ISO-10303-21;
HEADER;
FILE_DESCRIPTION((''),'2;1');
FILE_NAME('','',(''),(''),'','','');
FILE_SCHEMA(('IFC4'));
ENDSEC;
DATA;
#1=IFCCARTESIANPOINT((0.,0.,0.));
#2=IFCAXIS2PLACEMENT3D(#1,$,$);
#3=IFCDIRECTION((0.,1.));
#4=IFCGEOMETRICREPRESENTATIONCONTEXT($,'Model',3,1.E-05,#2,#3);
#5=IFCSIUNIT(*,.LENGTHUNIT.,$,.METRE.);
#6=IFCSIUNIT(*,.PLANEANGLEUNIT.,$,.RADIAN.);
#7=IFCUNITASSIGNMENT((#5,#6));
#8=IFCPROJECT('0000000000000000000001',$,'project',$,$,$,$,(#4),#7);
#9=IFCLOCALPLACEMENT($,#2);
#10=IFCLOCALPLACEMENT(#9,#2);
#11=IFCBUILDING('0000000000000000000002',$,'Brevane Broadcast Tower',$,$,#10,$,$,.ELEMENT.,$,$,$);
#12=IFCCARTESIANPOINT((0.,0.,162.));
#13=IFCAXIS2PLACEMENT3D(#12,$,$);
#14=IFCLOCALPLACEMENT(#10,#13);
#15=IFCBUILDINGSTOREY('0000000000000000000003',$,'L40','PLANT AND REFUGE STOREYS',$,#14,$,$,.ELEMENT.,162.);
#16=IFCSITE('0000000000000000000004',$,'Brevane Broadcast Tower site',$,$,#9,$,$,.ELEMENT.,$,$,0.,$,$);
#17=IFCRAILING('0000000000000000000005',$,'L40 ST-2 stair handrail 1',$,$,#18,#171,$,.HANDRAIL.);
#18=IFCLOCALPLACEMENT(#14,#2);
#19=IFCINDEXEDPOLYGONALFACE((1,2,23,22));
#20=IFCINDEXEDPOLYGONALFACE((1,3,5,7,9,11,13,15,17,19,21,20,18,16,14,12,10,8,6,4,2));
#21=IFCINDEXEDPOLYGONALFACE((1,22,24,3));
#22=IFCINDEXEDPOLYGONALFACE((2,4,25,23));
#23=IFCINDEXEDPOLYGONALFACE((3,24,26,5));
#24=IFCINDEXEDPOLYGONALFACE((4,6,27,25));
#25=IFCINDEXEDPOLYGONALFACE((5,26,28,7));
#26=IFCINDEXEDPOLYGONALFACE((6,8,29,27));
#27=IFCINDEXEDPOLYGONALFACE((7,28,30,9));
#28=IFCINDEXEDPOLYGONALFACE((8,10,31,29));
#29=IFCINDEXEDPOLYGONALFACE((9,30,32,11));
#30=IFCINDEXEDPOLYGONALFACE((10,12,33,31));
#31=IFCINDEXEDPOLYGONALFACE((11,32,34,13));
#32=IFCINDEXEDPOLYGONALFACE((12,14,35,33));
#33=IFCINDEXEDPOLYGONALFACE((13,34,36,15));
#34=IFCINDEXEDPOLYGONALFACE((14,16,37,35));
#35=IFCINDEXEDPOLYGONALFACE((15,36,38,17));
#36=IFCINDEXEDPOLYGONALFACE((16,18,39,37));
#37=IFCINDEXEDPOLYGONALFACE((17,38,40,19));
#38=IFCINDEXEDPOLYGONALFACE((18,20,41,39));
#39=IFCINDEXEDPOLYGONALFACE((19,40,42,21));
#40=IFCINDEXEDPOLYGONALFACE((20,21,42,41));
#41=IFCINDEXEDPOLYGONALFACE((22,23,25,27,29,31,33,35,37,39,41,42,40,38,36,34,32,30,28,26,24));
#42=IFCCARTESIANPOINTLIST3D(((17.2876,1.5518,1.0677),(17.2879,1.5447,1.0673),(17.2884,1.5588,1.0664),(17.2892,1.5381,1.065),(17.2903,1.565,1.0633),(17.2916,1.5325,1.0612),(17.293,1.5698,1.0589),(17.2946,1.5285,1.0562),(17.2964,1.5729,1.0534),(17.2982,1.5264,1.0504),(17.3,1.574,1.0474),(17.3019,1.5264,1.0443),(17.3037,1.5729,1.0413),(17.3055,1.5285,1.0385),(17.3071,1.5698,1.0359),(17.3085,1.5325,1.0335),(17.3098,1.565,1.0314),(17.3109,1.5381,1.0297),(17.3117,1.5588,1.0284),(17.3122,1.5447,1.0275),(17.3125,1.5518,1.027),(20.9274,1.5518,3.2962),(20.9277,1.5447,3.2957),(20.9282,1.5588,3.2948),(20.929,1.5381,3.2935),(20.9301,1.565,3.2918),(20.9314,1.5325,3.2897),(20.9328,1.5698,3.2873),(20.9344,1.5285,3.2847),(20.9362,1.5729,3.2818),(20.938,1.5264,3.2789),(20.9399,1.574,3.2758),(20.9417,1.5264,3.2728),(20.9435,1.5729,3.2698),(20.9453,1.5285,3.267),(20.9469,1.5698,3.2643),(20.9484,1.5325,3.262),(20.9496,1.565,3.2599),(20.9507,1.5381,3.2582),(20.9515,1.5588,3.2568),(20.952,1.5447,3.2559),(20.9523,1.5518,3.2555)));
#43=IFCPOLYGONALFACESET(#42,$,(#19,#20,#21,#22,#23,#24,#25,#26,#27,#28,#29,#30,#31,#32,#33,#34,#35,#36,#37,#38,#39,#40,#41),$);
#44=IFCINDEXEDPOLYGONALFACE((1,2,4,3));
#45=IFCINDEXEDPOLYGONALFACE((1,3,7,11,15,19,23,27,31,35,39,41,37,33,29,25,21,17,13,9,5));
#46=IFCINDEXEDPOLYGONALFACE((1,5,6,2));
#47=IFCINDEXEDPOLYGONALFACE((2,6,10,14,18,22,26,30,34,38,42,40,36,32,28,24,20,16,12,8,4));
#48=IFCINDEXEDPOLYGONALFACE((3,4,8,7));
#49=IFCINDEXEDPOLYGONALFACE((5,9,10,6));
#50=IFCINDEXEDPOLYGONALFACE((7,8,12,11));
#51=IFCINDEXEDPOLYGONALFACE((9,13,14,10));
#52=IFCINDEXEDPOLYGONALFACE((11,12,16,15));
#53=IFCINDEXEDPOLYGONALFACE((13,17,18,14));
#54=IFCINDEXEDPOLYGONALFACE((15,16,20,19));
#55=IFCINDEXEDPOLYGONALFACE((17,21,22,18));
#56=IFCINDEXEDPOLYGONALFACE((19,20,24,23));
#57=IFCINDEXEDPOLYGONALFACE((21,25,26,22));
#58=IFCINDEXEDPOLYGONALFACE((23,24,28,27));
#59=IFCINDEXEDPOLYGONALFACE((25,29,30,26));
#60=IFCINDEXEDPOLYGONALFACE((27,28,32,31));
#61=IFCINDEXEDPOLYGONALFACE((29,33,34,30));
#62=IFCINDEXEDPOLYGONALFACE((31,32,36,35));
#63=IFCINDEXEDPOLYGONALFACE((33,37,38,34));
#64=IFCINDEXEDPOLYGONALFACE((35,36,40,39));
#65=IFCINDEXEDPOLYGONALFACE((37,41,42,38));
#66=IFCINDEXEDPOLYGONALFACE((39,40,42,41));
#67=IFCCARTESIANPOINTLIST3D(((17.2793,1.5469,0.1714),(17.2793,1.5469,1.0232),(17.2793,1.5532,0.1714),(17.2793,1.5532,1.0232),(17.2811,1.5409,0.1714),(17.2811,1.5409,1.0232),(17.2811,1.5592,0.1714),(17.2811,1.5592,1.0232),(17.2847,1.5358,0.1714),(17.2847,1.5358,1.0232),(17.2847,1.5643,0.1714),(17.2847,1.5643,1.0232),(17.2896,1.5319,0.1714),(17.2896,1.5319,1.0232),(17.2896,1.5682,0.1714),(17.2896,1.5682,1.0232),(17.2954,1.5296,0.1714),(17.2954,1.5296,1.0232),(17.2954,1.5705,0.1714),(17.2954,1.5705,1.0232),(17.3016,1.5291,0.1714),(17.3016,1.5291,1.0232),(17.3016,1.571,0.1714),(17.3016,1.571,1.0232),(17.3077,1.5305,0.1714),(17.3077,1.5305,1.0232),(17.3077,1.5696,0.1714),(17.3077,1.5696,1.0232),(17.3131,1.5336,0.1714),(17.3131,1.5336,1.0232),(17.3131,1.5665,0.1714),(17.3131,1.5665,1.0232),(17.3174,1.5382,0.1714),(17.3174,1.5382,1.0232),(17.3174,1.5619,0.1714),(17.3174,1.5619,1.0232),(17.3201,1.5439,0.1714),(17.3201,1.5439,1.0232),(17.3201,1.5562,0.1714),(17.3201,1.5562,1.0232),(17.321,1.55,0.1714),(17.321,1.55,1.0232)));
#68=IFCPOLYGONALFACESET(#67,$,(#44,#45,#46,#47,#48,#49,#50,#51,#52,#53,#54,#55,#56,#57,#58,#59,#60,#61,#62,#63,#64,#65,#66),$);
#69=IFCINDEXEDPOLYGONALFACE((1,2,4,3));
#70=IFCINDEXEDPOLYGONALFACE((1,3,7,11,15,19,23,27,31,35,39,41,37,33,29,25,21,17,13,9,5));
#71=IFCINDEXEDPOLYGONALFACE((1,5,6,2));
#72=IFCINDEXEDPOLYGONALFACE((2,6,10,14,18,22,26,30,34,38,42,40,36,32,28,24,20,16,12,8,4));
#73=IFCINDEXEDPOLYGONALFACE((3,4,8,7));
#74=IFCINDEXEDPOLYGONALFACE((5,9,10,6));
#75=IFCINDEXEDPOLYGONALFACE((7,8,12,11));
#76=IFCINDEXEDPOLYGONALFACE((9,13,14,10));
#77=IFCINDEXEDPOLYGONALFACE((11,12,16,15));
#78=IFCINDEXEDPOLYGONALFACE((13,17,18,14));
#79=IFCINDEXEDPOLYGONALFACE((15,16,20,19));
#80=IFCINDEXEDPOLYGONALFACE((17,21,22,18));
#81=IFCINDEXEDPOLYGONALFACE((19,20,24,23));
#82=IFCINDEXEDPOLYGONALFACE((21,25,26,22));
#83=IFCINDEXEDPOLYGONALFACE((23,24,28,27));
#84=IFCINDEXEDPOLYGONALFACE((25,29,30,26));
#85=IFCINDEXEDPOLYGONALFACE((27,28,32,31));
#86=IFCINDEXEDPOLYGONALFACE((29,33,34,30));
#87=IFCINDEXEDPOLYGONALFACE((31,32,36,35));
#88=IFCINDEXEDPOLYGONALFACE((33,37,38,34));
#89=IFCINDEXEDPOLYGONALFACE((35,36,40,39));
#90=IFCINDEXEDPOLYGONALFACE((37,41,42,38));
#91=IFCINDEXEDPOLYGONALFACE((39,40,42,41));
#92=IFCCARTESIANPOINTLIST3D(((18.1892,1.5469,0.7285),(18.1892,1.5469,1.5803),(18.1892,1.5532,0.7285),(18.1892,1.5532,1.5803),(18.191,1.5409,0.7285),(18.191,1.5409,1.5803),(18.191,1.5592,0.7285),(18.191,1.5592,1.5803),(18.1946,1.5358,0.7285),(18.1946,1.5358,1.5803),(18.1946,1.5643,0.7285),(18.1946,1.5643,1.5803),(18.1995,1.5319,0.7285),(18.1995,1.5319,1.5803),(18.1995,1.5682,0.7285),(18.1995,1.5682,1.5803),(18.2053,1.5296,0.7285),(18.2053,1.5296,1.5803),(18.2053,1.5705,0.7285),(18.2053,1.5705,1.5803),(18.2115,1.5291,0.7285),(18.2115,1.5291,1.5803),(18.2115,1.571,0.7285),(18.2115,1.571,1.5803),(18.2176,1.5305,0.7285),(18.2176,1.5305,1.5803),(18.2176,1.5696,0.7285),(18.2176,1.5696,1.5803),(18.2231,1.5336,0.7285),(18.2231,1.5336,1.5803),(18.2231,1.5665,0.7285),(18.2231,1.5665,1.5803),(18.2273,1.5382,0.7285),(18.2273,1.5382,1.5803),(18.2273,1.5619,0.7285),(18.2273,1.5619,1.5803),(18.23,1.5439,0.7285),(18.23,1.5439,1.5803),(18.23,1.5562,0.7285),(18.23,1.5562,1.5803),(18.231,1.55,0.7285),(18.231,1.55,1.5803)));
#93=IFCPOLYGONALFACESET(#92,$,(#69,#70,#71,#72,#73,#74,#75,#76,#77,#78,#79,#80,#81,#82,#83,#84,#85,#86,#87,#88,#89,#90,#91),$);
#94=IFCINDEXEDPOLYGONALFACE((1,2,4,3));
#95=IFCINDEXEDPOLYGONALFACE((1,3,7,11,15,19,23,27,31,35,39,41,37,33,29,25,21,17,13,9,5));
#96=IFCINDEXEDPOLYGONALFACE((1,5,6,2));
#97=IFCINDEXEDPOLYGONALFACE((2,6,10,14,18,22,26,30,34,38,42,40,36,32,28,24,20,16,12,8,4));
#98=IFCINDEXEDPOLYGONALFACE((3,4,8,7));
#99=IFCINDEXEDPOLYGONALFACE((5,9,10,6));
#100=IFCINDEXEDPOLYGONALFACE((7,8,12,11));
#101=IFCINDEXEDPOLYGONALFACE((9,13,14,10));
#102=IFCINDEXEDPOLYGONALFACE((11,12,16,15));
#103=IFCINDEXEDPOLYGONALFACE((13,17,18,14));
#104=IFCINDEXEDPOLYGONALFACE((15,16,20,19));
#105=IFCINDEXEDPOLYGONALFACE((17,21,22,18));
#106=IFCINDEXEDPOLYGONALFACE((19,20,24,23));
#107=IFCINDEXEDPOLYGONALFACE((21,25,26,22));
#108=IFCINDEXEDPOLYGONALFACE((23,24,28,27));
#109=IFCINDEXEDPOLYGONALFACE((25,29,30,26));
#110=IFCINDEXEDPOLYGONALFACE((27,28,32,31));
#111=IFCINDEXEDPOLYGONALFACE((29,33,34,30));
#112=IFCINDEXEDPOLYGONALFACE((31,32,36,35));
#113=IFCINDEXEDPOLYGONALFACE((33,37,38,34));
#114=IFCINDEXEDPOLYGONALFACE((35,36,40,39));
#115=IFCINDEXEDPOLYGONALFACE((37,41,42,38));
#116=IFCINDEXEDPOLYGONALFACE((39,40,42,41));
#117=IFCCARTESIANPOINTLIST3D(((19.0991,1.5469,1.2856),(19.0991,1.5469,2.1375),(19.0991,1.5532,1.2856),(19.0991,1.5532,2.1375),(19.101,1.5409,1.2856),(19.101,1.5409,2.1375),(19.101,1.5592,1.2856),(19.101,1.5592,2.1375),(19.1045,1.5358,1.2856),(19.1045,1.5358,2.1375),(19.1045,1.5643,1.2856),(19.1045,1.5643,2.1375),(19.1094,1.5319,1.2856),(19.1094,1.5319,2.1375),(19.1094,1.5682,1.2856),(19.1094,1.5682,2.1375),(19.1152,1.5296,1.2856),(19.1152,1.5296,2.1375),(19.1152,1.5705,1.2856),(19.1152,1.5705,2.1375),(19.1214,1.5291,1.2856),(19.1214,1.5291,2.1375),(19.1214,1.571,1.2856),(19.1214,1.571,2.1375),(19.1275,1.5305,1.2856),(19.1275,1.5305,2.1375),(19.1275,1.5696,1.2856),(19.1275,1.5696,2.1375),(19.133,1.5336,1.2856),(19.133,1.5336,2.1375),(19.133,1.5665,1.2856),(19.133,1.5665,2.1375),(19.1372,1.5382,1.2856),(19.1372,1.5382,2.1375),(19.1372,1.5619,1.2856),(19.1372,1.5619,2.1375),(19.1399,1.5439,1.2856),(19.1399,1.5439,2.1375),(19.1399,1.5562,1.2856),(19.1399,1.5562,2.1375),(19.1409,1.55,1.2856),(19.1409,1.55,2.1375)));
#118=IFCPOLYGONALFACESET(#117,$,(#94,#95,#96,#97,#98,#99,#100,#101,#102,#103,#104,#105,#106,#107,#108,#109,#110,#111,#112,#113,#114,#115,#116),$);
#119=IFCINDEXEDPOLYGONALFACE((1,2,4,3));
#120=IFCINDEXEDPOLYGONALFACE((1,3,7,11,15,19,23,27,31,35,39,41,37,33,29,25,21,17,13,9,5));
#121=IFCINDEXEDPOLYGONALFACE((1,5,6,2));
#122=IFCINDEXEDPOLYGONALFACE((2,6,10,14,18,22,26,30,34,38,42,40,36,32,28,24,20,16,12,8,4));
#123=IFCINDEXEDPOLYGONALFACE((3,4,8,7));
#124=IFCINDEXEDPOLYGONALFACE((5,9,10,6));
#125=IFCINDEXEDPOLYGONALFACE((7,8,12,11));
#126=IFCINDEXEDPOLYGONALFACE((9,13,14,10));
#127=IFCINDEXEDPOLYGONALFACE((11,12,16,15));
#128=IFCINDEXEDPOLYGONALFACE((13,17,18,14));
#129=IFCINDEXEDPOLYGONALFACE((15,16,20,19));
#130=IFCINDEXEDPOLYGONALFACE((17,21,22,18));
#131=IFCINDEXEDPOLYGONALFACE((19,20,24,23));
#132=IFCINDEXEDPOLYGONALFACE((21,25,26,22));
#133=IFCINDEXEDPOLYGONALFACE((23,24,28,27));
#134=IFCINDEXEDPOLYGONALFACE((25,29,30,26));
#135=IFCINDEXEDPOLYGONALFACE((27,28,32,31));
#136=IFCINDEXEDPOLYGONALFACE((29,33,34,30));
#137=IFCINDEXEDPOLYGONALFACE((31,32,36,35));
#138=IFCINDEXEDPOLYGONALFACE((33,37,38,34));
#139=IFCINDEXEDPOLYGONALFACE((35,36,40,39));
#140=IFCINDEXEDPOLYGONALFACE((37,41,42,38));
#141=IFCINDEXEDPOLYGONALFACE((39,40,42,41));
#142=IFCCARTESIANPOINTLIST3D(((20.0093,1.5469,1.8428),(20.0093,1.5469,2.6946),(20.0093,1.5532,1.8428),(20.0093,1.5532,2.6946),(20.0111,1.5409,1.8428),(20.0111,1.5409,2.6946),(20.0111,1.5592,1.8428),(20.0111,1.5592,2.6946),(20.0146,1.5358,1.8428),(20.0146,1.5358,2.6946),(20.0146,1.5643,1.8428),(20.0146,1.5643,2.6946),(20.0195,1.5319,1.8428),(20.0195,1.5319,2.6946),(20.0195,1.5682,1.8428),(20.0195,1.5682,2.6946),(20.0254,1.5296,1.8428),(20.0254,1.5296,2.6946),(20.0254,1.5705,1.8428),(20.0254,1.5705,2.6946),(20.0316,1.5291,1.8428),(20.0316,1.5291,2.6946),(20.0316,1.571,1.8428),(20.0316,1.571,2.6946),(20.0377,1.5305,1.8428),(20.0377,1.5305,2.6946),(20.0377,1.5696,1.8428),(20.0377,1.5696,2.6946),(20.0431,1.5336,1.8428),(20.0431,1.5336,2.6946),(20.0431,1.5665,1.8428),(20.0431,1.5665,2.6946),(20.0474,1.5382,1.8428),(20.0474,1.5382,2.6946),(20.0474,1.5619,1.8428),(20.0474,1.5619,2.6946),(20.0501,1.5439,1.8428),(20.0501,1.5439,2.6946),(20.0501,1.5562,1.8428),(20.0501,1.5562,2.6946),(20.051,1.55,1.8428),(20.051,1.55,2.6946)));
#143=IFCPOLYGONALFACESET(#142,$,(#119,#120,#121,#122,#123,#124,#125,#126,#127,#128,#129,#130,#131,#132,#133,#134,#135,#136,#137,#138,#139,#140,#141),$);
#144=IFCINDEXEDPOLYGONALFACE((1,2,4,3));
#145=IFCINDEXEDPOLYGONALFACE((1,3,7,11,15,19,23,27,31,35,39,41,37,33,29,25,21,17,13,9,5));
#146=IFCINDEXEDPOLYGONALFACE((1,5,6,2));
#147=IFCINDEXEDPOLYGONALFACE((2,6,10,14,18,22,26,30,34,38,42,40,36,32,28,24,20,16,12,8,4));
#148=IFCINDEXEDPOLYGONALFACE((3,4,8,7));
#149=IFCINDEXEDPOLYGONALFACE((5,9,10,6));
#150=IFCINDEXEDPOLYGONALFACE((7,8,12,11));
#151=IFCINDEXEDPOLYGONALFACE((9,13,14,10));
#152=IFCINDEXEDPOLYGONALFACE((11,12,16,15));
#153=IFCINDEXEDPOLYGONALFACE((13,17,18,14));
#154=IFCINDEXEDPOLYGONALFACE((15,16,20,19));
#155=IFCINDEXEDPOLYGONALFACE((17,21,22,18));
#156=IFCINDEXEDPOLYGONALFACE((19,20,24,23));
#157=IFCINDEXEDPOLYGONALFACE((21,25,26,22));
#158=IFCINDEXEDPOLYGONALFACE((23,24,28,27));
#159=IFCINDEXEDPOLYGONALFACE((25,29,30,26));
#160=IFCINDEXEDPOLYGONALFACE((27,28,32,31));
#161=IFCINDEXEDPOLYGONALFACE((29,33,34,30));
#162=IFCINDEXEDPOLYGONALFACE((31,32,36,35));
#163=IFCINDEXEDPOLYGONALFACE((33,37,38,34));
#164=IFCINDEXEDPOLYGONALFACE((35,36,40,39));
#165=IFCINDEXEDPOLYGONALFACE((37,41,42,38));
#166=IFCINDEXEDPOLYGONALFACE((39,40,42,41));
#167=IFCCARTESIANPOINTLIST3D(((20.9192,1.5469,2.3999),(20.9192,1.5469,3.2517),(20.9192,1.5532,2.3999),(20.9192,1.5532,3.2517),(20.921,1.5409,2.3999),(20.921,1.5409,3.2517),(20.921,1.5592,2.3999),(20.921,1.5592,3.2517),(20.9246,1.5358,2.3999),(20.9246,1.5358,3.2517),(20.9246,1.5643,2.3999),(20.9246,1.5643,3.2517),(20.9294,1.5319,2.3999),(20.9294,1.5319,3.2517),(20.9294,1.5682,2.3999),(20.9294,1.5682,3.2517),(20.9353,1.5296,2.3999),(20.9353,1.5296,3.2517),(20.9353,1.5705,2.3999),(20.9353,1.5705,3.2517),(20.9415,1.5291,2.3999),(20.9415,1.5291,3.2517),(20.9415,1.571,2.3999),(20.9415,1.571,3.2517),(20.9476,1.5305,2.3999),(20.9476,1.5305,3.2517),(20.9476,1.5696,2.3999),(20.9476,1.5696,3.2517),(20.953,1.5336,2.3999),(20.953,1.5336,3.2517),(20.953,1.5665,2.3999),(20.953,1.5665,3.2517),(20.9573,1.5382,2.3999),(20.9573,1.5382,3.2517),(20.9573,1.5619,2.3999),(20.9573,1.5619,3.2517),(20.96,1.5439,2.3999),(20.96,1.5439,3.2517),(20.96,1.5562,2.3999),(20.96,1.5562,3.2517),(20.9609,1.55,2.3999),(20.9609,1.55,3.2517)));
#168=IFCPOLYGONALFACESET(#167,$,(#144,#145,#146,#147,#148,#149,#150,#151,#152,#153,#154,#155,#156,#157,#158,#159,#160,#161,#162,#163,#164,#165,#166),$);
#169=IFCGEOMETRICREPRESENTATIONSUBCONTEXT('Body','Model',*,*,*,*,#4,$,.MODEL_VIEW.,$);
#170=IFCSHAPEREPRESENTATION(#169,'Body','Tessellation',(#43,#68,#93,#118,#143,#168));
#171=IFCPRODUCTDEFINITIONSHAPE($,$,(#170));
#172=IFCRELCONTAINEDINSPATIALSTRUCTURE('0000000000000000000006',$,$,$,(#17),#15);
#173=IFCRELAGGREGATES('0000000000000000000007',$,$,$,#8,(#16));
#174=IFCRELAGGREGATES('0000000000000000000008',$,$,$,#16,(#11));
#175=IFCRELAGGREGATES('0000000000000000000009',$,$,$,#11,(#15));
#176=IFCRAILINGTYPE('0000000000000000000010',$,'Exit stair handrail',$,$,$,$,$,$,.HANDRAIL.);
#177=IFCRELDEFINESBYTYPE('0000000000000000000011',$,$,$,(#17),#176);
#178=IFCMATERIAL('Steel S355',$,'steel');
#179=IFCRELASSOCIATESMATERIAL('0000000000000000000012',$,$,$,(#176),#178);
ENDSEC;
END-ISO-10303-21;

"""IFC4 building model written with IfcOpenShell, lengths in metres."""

from ifc_helpers import new_model, si_unit, direction, frame, origin, origin_2d, place, context, subcontext, project, spatial, circle, extrude, material, type_object, element, save


model = new_model("IFC4")

# Units and contexts
model_context = context("Model", 3, precision=1e-05, world=origin(), true_north=direction((0.0, 1.0)))
body_context = subcontext(model_context, "Body", "Model", "MODEL_VIEW")
ifc_project = project(units=[si_unit("LENGTHUNIT", "METRE"), si_unit("PLANEANGLEUNIT", "RADIAN")], contexts=[model_context])

# Site, building, storey
site_placement = place(None, origin())
site = spatial("IfcSite", under=ifc_project, at=site_placement, Name="Brevane Broadcast Tower site", CompositionType="ELEMENT", RefElevation=0.0)
building_placement = place(site_placement, origin())
building = spatial("IfcBuilding", under=site, at=building_placement, Name="Brevane Broadcast Tower", CompositionType="ELEMENT")
storey_placement = place(building_placement, frame((0.0, 0.0, 162.0)))
storey = spatial("IfcBuildingStorey", under=building, at=storey_placement, Name="L40", Description="PLANT AND REFUGE STOREYS", CompositionType="ELEMENT", Elevation=162.0)

# Railing
ifc_material_1 = material(Name="Steel S355", Category="steel")
railing_type_1 = type_object("IfcRailingType", Name="Exit stair handrail", PredefinedType="HANDRAIL", material=ifc_material_1)
railing_1_placement = place(storey_placement, frame((17.3, 1.55, 0.1714)))
element("IfcRailing", 1, at=railing_1_placement, inside=storey, type_object=railing_type_1, Name="L40 ST-2 stair handrail 1", PredefinedType="HANDRAIL", context=body_context, shape_type="SweptSolid", body=[
    extrude(circle(Radius=0.0239, at=origin_2d()), frame((0.0, 0.0, 0.876), z_axis=(0.85285, 0.0, 0.522156), x_axis=(0.0, 1.0, 0.0)), (0.0, 0.0, 1.0), 4.2678),
    extrude(circle(Radius=0.021, at=origin_2d()), origin(), (0.0, 0.0, 1.0), 0.8518),
    extrude(circle(Radius=0.021, at=origin_2d()), frame((0.9099, 0.0, 0.5571)), (0.0, 0.0, 1.0), 0.8518),
    extrude(circle(Radius=0.021, at=origin_2d()), frame((1.8198, 0.0, 1.1143)), (0.0, 0.0, 1.0), 0.8518),
    extrude(circle(Radius=0.021, at=origin_2d()), frame((2.73, 0.0, 1.6714)), (0.0, 0.0, 1.0), 0.8518),
    extrude(circle(Radius=0.021, at=origin_2d()), frame((3.6399, 0.0, 2.2285)), (0.0, 0.0, 1.0), 0.8518),
])

save(model, "model.ifc")
